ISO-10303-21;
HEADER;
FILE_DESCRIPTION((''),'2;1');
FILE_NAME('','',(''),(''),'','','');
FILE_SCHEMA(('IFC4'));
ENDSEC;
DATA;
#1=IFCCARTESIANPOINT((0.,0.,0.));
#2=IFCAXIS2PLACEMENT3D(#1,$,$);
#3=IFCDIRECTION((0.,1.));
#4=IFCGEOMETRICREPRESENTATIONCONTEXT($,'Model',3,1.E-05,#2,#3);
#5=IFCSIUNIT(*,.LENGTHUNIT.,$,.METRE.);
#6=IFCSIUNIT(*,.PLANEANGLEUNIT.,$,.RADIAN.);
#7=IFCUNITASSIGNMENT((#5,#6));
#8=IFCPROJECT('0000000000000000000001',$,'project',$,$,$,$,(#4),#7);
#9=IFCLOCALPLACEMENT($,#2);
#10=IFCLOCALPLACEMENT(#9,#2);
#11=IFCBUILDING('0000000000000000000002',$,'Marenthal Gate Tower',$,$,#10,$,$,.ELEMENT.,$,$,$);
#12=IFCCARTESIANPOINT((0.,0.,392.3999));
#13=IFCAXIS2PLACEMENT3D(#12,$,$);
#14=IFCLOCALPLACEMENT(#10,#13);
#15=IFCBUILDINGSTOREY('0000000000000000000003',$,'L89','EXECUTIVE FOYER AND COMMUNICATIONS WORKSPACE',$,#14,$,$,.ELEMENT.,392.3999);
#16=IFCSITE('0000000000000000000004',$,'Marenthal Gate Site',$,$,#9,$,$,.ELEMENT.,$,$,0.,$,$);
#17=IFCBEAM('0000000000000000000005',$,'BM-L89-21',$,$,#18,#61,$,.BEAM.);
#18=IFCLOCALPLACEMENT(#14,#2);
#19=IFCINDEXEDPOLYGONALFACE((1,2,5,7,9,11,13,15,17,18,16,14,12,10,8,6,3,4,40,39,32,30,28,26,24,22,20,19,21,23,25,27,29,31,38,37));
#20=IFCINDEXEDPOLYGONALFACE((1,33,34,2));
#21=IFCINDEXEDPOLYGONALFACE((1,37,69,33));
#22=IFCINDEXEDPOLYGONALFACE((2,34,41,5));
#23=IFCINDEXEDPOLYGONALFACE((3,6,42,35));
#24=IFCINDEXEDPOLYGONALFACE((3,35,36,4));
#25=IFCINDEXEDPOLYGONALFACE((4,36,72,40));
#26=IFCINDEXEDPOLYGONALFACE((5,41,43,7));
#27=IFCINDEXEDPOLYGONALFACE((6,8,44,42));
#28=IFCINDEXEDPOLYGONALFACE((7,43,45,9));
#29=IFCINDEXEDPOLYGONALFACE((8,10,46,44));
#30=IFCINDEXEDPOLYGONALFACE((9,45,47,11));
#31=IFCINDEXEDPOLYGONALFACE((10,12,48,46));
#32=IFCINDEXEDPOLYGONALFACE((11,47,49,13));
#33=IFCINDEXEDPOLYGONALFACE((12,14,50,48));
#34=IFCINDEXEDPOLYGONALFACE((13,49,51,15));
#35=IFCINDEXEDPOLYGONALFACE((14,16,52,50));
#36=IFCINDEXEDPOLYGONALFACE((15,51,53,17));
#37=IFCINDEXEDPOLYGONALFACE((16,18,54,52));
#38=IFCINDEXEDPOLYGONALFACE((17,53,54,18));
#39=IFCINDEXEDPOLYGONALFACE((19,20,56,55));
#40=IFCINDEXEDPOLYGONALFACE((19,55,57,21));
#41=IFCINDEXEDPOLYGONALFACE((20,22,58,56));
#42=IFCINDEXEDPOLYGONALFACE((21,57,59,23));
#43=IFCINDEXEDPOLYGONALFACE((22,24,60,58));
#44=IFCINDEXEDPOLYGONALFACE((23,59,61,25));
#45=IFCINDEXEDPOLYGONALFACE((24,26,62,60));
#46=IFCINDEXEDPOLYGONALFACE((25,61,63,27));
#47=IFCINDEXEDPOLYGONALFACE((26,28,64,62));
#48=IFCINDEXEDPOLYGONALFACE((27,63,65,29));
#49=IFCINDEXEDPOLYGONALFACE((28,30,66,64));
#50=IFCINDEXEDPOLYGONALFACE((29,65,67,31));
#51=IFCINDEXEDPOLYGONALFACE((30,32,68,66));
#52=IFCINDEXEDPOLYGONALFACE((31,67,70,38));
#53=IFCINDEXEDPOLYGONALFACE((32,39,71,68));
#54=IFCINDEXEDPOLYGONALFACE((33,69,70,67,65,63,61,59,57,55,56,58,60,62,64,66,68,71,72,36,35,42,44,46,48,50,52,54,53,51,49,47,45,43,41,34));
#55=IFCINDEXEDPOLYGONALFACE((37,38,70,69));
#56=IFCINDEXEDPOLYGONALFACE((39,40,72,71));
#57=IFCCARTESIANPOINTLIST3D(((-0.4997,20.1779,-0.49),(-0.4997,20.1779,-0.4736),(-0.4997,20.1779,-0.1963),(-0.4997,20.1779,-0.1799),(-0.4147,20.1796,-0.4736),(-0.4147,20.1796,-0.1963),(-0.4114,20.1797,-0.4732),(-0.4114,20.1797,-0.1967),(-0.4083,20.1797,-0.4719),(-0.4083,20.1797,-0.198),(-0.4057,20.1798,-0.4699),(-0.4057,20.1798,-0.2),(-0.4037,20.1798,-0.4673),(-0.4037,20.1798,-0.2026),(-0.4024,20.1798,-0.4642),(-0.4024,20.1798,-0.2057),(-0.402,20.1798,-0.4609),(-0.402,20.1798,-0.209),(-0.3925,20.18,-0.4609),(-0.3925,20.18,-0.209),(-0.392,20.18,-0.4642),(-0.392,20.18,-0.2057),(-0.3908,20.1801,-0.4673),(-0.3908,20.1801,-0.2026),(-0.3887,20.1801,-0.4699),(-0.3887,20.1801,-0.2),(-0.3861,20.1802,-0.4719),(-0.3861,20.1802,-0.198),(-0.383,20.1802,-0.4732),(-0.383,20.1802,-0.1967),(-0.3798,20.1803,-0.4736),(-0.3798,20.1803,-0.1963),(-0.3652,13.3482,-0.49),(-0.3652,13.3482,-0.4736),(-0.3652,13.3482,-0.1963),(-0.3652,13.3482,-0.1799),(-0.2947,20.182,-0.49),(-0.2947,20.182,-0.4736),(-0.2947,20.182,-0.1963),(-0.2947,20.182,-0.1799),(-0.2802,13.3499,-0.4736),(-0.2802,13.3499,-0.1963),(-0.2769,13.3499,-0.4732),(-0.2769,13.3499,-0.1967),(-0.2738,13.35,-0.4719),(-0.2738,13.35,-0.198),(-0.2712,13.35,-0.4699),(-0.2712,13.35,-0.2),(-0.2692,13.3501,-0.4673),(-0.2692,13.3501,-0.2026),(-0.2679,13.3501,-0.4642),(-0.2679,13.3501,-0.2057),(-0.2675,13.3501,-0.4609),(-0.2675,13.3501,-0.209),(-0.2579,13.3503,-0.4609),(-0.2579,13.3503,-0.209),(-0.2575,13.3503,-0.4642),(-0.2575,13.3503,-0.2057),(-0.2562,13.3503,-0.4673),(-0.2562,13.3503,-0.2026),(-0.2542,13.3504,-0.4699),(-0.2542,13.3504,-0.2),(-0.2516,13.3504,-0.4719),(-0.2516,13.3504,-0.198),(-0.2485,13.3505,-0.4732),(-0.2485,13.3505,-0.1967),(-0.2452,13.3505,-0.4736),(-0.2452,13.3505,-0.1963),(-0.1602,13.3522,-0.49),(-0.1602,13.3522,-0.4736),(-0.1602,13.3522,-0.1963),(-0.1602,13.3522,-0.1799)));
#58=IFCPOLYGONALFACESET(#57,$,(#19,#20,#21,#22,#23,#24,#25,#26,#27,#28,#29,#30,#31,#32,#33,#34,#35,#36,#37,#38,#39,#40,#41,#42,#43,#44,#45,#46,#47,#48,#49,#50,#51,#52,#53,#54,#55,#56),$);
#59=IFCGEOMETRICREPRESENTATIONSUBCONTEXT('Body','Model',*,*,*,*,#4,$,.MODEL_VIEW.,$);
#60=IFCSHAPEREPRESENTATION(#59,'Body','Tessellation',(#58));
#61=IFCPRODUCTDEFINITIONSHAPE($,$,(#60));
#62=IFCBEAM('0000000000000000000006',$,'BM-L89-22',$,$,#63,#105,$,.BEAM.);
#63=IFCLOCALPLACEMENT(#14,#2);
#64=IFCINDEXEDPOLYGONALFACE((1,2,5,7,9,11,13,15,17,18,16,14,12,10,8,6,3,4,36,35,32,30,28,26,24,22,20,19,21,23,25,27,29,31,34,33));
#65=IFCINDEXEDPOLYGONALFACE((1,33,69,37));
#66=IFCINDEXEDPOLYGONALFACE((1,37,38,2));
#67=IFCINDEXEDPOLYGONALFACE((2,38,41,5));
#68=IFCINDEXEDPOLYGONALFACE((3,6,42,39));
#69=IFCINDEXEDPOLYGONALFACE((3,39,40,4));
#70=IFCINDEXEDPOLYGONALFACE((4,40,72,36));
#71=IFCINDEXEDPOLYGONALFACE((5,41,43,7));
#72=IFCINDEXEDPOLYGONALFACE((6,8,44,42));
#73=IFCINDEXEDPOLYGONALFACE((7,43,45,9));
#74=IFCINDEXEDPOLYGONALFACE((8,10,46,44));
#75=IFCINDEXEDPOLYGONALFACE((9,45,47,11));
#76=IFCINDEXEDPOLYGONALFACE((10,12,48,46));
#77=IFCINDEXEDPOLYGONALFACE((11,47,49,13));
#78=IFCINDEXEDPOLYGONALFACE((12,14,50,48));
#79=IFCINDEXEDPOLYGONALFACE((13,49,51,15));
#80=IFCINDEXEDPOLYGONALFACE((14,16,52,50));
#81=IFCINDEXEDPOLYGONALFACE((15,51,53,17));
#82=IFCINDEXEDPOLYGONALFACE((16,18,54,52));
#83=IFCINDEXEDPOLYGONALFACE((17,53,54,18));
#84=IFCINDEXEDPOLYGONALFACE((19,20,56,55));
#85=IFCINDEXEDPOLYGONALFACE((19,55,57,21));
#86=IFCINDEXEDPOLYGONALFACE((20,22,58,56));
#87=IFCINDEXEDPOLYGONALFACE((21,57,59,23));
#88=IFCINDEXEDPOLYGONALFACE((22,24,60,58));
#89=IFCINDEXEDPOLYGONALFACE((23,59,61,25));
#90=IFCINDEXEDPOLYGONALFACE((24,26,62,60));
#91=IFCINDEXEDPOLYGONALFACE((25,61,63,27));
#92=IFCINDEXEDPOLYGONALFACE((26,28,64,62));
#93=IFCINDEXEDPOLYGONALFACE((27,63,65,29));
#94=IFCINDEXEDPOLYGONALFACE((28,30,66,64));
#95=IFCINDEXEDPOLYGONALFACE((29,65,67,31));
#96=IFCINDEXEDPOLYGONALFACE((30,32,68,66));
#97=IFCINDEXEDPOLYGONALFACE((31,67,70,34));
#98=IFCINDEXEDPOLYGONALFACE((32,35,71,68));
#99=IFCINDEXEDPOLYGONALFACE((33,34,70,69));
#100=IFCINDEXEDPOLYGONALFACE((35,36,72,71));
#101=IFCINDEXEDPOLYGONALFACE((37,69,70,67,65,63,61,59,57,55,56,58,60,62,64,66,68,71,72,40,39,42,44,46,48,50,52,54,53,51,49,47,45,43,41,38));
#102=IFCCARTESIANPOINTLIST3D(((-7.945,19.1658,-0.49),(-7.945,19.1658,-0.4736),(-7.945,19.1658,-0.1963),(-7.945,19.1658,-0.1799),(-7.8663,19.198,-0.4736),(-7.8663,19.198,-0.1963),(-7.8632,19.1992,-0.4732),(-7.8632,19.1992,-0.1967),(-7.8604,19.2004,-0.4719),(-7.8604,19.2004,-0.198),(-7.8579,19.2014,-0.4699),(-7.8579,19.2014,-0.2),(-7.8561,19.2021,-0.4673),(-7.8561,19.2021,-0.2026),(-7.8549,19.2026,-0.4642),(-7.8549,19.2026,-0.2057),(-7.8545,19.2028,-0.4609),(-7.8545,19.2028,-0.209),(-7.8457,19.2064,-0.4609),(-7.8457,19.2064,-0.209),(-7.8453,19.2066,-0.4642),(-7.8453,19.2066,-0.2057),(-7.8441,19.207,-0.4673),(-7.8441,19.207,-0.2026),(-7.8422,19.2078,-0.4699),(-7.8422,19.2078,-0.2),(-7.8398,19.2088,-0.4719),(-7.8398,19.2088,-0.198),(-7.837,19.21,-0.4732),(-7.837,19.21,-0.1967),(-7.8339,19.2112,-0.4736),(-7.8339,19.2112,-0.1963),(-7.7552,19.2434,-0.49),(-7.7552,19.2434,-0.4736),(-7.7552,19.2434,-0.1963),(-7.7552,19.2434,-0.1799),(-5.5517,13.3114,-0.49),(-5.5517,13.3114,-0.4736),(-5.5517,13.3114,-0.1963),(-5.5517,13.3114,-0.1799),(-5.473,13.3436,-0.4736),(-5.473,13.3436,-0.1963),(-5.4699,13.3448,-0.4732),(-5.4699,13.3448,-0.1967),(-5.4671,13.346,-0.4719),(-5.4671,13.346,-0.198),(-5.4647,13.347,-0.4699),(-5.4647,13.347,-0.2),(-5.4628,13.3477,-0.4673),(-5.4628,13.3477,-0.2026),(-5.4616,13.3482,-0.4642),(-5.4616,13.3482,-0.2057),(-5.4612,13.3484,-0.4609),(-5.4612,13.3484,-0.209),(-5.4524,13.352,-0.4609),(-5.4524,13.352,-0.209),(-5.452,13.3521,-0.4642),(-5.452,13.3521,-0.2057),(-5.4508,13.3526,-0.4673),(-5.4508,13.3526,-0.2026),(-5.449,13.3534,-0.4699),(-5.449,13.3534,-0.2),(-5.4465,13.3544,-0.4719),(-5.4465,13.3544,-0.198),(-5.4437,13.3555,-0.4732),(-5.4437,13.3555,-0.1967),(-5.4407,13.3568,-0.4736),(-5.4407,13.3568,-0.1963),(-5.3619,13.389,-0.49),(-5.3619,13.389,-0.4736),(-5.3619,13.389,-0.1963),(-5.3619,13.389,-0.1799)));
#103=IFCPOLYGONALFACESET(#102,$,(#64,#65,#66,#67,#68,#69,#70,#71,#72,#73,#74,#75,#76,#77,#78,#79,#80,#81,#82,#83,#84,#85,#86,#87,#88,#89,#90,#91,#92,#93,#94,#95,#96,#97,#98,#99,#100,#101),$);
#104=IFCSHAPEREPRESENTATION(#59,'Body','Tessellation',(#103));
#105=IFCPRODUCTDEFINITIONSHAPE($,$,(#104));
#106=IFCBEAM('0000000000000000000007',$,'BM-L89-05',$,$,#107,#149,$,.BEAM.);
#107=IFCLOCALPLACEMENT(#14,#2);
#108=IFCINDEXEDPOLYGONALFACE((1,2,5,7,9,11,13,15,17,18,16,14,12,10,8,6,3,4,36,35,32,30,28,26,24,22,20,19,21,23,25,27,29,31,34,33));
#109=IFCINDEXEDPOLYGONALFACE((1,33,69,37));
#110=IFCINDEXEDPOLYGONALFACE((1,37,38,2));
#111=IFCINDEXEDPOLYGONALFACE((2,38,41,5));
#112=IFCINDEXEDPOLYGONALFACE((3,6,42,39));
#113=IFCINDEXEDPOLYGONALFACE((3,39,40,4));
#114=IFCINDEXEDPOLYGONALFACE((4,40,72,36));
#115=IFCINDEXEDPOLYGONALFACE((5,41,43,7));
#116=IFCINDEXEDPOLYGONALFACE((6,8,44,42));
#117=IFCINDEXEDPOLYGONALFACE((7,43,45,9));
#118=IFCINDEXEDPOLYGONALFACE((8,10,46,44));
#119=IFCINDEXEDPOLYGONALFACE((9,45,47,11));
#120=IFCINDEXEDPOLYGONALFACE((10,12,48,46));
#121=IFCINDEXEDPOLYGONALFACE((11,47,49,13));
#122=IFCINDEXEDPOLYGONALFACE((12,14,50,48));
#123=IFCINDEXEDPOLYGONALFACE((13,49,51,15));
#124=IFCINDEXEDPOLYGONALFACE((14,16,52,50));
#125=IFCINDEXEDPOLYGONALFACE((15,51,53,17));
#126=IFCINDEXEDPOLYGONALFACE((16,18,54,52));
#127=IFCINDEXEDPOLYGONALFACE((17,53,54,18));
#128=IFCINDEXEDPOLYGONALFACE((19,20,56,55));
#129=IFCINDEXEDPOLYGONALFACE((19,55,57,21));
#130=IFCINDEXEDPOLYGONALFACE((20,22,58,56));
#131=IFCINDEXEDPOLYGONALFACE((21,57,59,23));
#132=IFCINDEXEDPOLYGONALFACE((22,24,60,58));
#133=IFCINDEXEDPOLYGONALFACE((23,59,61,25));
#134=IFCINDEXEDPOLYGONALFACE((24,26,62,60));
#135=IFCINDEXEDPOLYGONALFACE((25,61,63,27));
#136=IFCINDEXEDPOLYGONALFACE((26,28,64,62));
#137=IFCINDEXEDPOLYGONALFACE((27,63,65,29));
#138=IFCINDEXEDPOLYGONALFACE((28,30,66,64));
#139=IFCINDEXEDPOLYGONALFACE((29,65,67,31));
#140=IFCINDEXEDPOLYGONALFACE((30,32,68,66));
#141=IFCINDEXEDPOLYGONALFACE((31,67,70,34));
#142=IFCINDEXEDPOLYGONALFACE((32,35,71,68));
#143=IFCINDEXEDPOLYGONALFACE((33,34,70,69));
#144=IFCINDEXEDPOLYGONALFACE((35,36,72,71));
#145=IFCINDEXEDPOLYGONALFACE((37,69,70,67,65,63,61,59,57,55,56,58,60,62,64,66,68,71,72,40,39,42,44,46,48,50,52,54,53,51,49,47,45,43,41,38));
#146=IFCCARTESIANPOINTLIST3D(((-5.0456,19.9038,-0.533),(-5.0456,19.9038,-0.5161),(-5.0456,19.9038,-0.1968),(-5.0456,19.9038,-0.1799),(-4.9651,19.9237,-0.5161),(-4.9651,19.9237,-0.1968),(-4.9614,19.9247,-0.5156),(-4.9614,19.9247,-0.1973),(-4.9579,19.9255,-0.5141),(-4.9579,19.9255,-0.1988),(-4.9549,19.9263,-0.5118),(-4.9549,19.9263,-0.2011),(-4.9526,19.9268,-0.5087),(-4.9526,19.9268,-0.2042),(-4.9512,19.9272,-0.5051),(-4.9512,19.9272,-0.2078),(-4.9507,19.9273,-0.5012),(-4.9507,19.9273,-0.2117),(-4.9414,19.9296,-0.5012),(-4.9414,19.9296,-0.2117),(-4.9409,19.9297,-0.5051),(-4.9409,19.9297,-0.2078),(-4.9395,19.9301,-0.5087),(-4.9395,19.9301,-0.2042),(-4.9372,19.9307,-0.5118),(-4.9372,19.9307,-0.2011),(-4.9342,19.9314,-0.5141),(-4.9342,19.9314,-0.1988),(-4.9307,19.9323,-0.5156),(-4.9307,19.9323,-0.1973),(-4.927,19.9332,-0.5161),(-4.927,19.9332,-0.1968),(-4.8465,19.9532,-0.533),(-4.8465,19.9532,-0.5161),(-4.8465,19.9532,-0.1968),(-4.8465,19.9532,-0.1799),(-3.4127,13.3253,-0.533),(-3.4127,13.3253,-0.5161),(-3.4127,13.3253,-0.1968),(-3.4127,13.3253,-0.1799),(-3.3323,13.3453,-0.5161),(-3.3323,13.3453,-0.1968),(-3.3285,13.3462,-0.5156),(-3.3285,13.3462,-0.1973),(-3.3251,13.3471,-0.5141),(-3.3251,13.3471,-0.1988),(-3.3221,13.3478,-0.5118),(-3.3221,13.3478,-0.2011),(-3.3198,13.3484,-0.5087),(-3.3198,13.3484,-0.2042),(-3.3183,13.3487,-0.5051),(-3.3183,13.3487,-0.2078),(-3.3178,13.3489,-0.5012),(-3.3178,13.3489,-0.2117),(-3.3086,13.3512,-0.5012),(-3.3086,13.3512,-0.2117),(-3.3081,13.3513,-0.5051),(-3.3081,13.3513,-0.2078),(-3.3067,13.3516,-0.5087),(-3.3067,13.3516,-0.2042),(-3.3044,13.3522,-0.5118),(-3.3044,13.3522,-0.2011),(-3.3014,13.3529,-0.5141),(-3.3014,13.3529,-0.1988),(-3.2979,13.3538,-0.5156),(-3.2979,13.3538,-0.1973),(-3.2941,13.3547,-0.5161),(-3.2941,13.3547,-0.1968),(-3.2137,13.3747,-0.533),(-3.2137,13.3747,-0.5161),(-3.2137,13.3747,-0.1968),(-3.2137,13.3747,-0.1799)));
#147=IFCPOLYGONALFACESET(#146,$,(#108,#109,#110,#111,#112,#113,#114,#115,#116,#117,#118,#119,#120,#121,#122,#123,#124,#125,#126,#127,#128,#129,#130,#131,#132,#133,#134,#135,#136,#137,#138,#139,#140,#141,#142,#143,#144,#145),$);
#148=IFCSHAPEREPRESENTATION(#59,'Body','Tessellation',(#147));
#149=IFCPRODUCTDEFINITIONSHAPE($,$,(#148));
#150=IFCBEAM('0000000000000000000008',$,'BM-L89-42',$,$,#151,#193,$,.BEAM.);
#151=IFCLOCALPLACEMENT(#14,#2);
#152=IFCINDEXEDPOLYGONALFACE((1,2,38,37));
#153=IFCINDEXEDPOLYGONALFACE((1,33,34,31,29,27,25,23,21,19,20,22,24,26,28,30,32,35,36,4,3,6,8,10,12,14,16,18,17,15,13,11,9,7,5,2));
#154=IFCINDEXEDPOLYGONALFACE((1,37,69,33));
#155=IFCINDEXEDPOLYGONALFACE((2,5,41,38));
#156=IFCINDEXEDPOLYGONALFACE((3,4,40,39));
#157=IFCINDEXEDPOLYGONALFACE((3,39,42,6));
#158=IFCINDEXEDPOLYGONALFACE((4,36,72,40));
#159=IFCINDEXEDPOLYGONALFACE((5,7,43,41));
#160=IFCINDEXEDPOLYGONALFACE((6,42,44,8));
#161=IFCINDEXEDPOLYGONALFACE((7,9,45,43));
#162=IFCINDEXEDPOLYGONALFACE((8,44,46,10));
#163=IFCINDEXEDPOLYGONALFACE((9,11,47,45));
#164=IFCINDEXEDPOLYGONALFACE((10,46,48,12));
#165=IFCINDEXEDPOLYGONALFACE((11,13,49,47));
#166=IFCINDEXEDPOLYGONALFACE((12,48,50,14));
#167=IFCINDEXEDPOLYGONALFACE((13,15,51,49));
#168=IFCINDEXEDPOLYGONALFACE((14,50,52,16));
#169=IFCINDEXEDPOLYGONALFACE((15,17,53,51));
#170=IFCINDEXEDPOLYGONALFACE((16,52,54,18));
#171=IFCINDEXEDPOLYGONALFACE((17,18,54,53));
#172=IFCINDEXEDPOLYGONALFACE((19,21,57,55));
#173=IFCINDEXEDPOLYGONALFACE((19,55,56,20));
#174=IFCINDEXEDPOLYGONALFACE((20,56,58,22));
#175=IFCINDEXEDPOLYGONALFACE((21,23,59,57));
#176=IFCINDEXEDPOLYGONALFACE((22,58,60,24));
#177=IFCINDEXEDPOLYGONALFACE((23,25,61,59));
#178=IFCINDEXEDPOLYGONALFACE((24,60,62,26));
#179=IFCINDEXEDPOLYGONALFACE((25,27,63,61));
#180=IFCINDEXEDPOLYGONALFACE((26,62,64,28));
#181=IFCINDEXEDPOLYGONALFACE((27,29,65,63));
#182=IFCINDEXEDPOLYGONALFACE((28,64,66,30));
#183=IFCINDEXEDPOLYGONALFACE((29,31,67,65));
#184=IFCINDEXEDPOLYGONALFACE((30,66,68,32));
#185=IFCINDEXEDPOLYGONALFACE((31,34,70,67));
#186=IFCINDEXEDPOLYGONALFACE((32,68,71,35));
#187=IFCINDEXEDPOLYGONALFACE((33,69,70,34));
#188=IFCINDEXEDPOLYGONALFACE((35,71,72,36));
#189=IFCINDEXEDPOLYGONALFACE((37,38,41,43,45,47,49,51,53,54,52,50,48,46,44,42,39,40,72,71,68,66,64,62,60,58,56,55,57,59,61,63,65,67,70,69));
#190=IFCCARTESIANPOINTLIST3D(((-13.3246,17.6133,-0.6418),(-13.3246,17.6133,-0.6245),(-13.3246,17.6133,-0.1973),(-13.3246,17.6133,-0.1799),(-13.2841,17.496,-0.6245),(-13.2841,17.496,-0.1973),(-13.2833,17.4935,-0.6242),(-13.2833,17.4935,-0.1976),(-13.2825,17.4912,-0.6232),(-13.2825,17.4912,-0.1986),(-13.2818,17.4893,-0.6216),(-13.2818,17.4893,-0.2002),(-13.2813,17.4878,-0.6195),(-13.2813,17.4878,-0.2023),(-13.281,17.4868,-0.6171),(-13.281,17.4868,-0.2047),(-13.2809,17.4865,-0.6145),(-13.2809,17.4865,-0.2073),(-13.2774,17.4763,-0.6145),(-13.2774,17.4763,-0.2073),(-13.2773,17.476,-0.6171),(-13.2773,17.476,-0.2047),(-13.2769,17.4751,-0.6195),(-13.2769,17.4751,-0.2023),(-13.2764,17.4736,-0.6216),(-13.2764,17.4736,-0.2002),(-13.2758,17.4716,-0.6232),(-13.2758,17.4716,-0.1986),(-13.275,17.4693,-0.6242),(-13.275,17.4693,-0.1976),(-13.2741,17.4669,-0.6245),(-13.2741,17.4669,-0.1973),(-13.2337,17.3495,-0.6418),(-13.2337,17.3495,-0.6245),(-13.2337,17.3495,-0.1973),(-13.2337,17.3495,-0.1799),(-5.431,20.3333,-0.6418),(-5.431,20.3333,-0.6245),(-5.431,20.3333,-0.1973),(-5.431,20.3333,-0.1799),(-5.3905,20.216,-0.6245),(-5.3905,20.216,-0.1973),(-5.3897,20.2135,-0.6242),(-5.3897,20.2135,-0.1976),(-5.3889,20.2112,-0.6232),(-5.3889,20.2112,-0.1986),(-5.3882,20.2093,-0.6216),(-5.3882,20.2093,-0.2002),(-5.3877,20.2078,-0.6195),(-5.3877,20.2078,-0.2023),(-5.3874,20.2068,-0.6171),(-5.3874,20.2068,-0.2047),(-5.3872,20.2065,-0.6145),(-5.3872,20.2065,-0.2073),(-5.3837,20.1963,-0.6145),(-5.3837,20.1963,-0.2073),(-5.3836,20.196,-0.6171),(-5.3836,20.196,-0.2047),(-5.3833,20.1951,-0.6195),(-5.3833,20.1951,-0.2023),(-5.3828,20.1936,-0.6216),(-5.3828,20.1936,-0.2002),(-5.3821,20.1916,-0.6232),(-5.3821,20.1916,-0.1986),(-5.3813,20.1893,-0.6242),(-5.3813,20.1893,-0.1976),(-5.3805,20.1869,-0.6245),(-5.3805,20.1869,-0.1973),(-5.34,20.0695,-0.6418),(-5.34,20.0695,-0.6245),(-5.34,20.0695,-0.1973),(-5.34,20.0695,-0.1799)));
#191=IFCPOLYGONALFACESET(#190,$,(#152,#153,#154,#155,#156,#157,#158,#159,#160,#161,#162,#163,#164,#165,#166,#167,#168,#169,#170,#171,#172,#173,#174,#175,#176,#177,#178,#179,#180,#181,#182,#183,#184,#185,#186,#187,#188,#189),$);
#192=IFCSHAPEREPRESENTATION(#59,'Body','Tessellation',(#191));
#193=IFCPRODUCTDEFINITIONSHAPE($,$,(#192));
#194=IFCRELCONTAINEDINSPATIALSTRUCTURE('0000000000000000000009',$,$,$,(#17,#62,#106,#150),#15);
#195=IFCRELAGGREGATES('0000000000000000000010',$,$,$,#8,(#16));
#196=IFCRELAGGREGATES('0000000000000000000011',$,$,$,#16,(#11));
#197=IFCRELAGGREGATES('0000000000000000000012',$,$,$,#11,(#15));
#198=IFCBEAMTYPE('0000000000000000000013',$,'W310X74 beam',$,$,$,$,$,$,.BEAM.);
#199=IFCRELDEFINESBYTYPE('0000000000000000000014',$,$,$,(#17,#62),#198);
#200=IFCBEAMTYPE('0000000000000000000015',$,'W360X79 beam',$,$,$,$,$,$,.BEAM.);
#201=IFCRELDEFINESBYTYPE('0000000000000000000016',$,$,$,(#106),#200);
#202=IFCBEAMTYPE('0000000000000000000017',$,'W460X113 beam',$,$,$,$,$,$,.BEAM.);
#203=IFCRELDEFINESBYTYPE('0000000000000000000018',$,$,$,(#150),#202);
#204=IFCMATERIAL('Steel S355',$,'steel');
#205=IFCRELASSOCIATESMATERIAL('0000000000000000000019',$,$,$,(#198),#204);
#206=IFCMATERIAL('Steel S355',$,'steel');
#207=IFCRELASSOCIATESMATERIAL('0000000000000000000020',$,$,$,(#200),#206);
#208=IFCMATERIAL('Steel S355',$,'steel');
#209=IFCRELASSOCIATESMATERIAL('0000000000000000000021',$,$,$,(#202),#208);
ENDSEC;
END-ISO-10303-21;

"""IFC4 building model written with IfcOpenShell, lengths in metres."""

from ifc_helpers import new_model, si_unit, direction, frame, origin, origin_2d, place, context, subcontext, project, spatial, i_section, extrude, material, material_profile, profile_set, type_object, element, save


model = new_model("IFC4")

# Units and contexts
model_context = context("Model", 3, precision=1e-05, world=origin(), true_north=direction((0.0, 1.0)))
body_context = subcontext(model_context, "Body", "Model", "MODEL_VIEW")
ifc_project = project(units=[si_unit("LENGTHUNIT", "METRE"), si_unit("PLANEANGLEUNIT", "RADIAN")], contexts=[model_context])

# Site, building, storey
site_placement = place(None, origin())
site = spatial("IfcSite", under=ifc_project, at=site_placement, Name="Marenthal Gate Site", CompositionType="ELEMENT", RefElevation=0.0)
building_placement = place(site_placement, origin())
building = spatial("IfcBuilding", under=site, at=building_placement, Name="Marenthal Gate Tower", CompositionType="ELEMENT")
storey_placement = place(building_placement, frame((0.0, 0.0, 392.3999)))
storey = spatial("IfcBuildingStorey", under=building, at=storey_placement, Name="L89", Description="EXECUTIVE FOYER AND COMMUNICATIONS WORKSPACE", CompositionType="ELEMENT", Elevation=392.3999)

# Beams
ifc_material_1 = material(Name="Steel S355", Category="steel")
ifc_material_profile_1 = material_profile(ifc_material_1, i_section(OverallWidth=0.2051, OverallDepth=0.3101, WebThickness=0.0095, FlangeThickness=0.0164, FilletRadius=0.0127, at=origin_2d()), Name="W310X74")
ifc_profile_set_1 = profile_set([ifc_material_profile_1], Name="Steel S355")
beam_type_1 = type_object("IfcBeamType", Name="W310X74 beam", PredefinedType="BEAM", material=ifc_profile_set_1)
beam_1_placement = place(storey_placement, frame((-0.3972, 20.1799, -0.335), z_axis=(0.019692, -0.999806, 0.0), x_axis=(0.999806, 0.019692, 0.0)))
element("IfcBeam", 1, at=beam_1_placement, inside=storey, type_object=beam_type_1, Name="BM-L89-21", PredefinedType="BEAM", context=body_context, shape_type="SweptSolid", body=[
    extrude(i_section(OverallWidth=0.2051, OverallDepth=0.3101, WebThickness=0.0095, FlangeThickness=0.0164, FilletRadius=0.0127, at=origin_2d()), origin(), (0.0, 0.0, 1.0), 6.8311),
])
beam_2_placement = place(storey_placement, frame((-7.8501, 19.2046, -0.335), z_axis=(0.378401, -0.925642, 0.0), x_axis=(0.925642, 0.378401, 0.0)))
element("IfcBeam", 2, at=beam_2_placement, inside=storey, type_object=beam_type_1, Name="BM-L89-22", PredefinedType="BEAM", context=body_context, shape_type="SweptSolid", body=[
    extrude(i_section(OverallWidth=0.2051, OverallDepth=0.3101, WebThickness=0.0095, FlangeThickness=0.0164, FilletRadius=0.0127, at=origin_2d()), origin(), (0.0, 0.0, 1.0), 6.3247),
])
ifc_material_2 = material(Name="Steel S355", Category="steel")
ifc_material_profile_2 = material_profile(ifc_material_2, i_section(OverallWidth=0.2051, OverallDepth=0.353, WebThickness=0.0095, FlangeThickness=0.0168, FilletRadius=0.0149, at=origin_2d()), Name="W360X79")
ifc_profile_set_2 = profile_set([ifc_material_profile_2], Name="Steel S355")
beam_type_2 = type_object("IfcBeamType", Name="W360X79 beam", PredefinedType="BEAM", material=ifc_profile_set_2)
beam_3_placement = place(storey_placement, frame((-4.946, 19.9285, -0.3564), z_axis=(0.2409, -0.97055, 0.0), x_axis=(0.97055, 0.2409, 0.0)))
element("IfcBeam", 3, at=beam_3_placement, inside=storey, type_object=beam_type_2, Name="BM-L89-05", PredefinedType="BEAM", context=body_context, shape_type="SweptSolid", body=[
    extrude(i_section(OverallWidth=0.2051, OverallDepth=0.353, WebThickness=0.0095, FlangeThickness=0.0168, FilletRadius=0.0149, at=origin_2d()), origin(), (0.0, 0.0, 1.0), 6.7781),
])
ifc_material_3 = material(Name="Steel S355", Category="steel")
ifc_material_profile_3 = material_profile(ifc_material_3, i_section(OverallWidth=0.2791, OverallDepth=0.4619, WebThickness=0.0107, FlangeThickness=0.0173, FilletRadius=0.01, at=origin_2d()), Name="W460X113")
ifc_profile_set_3 = profile_set([ifc_material_profile_3], Name="Steel S355")
beam_type_3 = type_object("IfcBeamType", Name="W460X113 beam", PredefinedType="BEAM", material=ifc_profile_set_3)
beam_4_placement = place(storey_placement, frame((-5.3855, 20.2014, -0.4109), z_axis=(-0.945445, -0.325783, 0.0), x_axis=(0.325783, -0.945445, 0.0)))
element("IfcBeam", 4, at=beam_4_placement, inside=storey, type_object=beam_type_3, Name="BM-L89-42", PredefinedType="BEAM", context=body_context, shape_type="SweptSolid", body=[
    extrude(i_section(OverallWidth=0.2791, OverallDepth=0.4619, WebThickness=0.0107, FlangeThickness=0.0173, FilletRadius=0.01, at=origin_2d()), origin(), (0.0, 0.0, 1.0), 8.3491),
])

save(model, "model.ifc")
